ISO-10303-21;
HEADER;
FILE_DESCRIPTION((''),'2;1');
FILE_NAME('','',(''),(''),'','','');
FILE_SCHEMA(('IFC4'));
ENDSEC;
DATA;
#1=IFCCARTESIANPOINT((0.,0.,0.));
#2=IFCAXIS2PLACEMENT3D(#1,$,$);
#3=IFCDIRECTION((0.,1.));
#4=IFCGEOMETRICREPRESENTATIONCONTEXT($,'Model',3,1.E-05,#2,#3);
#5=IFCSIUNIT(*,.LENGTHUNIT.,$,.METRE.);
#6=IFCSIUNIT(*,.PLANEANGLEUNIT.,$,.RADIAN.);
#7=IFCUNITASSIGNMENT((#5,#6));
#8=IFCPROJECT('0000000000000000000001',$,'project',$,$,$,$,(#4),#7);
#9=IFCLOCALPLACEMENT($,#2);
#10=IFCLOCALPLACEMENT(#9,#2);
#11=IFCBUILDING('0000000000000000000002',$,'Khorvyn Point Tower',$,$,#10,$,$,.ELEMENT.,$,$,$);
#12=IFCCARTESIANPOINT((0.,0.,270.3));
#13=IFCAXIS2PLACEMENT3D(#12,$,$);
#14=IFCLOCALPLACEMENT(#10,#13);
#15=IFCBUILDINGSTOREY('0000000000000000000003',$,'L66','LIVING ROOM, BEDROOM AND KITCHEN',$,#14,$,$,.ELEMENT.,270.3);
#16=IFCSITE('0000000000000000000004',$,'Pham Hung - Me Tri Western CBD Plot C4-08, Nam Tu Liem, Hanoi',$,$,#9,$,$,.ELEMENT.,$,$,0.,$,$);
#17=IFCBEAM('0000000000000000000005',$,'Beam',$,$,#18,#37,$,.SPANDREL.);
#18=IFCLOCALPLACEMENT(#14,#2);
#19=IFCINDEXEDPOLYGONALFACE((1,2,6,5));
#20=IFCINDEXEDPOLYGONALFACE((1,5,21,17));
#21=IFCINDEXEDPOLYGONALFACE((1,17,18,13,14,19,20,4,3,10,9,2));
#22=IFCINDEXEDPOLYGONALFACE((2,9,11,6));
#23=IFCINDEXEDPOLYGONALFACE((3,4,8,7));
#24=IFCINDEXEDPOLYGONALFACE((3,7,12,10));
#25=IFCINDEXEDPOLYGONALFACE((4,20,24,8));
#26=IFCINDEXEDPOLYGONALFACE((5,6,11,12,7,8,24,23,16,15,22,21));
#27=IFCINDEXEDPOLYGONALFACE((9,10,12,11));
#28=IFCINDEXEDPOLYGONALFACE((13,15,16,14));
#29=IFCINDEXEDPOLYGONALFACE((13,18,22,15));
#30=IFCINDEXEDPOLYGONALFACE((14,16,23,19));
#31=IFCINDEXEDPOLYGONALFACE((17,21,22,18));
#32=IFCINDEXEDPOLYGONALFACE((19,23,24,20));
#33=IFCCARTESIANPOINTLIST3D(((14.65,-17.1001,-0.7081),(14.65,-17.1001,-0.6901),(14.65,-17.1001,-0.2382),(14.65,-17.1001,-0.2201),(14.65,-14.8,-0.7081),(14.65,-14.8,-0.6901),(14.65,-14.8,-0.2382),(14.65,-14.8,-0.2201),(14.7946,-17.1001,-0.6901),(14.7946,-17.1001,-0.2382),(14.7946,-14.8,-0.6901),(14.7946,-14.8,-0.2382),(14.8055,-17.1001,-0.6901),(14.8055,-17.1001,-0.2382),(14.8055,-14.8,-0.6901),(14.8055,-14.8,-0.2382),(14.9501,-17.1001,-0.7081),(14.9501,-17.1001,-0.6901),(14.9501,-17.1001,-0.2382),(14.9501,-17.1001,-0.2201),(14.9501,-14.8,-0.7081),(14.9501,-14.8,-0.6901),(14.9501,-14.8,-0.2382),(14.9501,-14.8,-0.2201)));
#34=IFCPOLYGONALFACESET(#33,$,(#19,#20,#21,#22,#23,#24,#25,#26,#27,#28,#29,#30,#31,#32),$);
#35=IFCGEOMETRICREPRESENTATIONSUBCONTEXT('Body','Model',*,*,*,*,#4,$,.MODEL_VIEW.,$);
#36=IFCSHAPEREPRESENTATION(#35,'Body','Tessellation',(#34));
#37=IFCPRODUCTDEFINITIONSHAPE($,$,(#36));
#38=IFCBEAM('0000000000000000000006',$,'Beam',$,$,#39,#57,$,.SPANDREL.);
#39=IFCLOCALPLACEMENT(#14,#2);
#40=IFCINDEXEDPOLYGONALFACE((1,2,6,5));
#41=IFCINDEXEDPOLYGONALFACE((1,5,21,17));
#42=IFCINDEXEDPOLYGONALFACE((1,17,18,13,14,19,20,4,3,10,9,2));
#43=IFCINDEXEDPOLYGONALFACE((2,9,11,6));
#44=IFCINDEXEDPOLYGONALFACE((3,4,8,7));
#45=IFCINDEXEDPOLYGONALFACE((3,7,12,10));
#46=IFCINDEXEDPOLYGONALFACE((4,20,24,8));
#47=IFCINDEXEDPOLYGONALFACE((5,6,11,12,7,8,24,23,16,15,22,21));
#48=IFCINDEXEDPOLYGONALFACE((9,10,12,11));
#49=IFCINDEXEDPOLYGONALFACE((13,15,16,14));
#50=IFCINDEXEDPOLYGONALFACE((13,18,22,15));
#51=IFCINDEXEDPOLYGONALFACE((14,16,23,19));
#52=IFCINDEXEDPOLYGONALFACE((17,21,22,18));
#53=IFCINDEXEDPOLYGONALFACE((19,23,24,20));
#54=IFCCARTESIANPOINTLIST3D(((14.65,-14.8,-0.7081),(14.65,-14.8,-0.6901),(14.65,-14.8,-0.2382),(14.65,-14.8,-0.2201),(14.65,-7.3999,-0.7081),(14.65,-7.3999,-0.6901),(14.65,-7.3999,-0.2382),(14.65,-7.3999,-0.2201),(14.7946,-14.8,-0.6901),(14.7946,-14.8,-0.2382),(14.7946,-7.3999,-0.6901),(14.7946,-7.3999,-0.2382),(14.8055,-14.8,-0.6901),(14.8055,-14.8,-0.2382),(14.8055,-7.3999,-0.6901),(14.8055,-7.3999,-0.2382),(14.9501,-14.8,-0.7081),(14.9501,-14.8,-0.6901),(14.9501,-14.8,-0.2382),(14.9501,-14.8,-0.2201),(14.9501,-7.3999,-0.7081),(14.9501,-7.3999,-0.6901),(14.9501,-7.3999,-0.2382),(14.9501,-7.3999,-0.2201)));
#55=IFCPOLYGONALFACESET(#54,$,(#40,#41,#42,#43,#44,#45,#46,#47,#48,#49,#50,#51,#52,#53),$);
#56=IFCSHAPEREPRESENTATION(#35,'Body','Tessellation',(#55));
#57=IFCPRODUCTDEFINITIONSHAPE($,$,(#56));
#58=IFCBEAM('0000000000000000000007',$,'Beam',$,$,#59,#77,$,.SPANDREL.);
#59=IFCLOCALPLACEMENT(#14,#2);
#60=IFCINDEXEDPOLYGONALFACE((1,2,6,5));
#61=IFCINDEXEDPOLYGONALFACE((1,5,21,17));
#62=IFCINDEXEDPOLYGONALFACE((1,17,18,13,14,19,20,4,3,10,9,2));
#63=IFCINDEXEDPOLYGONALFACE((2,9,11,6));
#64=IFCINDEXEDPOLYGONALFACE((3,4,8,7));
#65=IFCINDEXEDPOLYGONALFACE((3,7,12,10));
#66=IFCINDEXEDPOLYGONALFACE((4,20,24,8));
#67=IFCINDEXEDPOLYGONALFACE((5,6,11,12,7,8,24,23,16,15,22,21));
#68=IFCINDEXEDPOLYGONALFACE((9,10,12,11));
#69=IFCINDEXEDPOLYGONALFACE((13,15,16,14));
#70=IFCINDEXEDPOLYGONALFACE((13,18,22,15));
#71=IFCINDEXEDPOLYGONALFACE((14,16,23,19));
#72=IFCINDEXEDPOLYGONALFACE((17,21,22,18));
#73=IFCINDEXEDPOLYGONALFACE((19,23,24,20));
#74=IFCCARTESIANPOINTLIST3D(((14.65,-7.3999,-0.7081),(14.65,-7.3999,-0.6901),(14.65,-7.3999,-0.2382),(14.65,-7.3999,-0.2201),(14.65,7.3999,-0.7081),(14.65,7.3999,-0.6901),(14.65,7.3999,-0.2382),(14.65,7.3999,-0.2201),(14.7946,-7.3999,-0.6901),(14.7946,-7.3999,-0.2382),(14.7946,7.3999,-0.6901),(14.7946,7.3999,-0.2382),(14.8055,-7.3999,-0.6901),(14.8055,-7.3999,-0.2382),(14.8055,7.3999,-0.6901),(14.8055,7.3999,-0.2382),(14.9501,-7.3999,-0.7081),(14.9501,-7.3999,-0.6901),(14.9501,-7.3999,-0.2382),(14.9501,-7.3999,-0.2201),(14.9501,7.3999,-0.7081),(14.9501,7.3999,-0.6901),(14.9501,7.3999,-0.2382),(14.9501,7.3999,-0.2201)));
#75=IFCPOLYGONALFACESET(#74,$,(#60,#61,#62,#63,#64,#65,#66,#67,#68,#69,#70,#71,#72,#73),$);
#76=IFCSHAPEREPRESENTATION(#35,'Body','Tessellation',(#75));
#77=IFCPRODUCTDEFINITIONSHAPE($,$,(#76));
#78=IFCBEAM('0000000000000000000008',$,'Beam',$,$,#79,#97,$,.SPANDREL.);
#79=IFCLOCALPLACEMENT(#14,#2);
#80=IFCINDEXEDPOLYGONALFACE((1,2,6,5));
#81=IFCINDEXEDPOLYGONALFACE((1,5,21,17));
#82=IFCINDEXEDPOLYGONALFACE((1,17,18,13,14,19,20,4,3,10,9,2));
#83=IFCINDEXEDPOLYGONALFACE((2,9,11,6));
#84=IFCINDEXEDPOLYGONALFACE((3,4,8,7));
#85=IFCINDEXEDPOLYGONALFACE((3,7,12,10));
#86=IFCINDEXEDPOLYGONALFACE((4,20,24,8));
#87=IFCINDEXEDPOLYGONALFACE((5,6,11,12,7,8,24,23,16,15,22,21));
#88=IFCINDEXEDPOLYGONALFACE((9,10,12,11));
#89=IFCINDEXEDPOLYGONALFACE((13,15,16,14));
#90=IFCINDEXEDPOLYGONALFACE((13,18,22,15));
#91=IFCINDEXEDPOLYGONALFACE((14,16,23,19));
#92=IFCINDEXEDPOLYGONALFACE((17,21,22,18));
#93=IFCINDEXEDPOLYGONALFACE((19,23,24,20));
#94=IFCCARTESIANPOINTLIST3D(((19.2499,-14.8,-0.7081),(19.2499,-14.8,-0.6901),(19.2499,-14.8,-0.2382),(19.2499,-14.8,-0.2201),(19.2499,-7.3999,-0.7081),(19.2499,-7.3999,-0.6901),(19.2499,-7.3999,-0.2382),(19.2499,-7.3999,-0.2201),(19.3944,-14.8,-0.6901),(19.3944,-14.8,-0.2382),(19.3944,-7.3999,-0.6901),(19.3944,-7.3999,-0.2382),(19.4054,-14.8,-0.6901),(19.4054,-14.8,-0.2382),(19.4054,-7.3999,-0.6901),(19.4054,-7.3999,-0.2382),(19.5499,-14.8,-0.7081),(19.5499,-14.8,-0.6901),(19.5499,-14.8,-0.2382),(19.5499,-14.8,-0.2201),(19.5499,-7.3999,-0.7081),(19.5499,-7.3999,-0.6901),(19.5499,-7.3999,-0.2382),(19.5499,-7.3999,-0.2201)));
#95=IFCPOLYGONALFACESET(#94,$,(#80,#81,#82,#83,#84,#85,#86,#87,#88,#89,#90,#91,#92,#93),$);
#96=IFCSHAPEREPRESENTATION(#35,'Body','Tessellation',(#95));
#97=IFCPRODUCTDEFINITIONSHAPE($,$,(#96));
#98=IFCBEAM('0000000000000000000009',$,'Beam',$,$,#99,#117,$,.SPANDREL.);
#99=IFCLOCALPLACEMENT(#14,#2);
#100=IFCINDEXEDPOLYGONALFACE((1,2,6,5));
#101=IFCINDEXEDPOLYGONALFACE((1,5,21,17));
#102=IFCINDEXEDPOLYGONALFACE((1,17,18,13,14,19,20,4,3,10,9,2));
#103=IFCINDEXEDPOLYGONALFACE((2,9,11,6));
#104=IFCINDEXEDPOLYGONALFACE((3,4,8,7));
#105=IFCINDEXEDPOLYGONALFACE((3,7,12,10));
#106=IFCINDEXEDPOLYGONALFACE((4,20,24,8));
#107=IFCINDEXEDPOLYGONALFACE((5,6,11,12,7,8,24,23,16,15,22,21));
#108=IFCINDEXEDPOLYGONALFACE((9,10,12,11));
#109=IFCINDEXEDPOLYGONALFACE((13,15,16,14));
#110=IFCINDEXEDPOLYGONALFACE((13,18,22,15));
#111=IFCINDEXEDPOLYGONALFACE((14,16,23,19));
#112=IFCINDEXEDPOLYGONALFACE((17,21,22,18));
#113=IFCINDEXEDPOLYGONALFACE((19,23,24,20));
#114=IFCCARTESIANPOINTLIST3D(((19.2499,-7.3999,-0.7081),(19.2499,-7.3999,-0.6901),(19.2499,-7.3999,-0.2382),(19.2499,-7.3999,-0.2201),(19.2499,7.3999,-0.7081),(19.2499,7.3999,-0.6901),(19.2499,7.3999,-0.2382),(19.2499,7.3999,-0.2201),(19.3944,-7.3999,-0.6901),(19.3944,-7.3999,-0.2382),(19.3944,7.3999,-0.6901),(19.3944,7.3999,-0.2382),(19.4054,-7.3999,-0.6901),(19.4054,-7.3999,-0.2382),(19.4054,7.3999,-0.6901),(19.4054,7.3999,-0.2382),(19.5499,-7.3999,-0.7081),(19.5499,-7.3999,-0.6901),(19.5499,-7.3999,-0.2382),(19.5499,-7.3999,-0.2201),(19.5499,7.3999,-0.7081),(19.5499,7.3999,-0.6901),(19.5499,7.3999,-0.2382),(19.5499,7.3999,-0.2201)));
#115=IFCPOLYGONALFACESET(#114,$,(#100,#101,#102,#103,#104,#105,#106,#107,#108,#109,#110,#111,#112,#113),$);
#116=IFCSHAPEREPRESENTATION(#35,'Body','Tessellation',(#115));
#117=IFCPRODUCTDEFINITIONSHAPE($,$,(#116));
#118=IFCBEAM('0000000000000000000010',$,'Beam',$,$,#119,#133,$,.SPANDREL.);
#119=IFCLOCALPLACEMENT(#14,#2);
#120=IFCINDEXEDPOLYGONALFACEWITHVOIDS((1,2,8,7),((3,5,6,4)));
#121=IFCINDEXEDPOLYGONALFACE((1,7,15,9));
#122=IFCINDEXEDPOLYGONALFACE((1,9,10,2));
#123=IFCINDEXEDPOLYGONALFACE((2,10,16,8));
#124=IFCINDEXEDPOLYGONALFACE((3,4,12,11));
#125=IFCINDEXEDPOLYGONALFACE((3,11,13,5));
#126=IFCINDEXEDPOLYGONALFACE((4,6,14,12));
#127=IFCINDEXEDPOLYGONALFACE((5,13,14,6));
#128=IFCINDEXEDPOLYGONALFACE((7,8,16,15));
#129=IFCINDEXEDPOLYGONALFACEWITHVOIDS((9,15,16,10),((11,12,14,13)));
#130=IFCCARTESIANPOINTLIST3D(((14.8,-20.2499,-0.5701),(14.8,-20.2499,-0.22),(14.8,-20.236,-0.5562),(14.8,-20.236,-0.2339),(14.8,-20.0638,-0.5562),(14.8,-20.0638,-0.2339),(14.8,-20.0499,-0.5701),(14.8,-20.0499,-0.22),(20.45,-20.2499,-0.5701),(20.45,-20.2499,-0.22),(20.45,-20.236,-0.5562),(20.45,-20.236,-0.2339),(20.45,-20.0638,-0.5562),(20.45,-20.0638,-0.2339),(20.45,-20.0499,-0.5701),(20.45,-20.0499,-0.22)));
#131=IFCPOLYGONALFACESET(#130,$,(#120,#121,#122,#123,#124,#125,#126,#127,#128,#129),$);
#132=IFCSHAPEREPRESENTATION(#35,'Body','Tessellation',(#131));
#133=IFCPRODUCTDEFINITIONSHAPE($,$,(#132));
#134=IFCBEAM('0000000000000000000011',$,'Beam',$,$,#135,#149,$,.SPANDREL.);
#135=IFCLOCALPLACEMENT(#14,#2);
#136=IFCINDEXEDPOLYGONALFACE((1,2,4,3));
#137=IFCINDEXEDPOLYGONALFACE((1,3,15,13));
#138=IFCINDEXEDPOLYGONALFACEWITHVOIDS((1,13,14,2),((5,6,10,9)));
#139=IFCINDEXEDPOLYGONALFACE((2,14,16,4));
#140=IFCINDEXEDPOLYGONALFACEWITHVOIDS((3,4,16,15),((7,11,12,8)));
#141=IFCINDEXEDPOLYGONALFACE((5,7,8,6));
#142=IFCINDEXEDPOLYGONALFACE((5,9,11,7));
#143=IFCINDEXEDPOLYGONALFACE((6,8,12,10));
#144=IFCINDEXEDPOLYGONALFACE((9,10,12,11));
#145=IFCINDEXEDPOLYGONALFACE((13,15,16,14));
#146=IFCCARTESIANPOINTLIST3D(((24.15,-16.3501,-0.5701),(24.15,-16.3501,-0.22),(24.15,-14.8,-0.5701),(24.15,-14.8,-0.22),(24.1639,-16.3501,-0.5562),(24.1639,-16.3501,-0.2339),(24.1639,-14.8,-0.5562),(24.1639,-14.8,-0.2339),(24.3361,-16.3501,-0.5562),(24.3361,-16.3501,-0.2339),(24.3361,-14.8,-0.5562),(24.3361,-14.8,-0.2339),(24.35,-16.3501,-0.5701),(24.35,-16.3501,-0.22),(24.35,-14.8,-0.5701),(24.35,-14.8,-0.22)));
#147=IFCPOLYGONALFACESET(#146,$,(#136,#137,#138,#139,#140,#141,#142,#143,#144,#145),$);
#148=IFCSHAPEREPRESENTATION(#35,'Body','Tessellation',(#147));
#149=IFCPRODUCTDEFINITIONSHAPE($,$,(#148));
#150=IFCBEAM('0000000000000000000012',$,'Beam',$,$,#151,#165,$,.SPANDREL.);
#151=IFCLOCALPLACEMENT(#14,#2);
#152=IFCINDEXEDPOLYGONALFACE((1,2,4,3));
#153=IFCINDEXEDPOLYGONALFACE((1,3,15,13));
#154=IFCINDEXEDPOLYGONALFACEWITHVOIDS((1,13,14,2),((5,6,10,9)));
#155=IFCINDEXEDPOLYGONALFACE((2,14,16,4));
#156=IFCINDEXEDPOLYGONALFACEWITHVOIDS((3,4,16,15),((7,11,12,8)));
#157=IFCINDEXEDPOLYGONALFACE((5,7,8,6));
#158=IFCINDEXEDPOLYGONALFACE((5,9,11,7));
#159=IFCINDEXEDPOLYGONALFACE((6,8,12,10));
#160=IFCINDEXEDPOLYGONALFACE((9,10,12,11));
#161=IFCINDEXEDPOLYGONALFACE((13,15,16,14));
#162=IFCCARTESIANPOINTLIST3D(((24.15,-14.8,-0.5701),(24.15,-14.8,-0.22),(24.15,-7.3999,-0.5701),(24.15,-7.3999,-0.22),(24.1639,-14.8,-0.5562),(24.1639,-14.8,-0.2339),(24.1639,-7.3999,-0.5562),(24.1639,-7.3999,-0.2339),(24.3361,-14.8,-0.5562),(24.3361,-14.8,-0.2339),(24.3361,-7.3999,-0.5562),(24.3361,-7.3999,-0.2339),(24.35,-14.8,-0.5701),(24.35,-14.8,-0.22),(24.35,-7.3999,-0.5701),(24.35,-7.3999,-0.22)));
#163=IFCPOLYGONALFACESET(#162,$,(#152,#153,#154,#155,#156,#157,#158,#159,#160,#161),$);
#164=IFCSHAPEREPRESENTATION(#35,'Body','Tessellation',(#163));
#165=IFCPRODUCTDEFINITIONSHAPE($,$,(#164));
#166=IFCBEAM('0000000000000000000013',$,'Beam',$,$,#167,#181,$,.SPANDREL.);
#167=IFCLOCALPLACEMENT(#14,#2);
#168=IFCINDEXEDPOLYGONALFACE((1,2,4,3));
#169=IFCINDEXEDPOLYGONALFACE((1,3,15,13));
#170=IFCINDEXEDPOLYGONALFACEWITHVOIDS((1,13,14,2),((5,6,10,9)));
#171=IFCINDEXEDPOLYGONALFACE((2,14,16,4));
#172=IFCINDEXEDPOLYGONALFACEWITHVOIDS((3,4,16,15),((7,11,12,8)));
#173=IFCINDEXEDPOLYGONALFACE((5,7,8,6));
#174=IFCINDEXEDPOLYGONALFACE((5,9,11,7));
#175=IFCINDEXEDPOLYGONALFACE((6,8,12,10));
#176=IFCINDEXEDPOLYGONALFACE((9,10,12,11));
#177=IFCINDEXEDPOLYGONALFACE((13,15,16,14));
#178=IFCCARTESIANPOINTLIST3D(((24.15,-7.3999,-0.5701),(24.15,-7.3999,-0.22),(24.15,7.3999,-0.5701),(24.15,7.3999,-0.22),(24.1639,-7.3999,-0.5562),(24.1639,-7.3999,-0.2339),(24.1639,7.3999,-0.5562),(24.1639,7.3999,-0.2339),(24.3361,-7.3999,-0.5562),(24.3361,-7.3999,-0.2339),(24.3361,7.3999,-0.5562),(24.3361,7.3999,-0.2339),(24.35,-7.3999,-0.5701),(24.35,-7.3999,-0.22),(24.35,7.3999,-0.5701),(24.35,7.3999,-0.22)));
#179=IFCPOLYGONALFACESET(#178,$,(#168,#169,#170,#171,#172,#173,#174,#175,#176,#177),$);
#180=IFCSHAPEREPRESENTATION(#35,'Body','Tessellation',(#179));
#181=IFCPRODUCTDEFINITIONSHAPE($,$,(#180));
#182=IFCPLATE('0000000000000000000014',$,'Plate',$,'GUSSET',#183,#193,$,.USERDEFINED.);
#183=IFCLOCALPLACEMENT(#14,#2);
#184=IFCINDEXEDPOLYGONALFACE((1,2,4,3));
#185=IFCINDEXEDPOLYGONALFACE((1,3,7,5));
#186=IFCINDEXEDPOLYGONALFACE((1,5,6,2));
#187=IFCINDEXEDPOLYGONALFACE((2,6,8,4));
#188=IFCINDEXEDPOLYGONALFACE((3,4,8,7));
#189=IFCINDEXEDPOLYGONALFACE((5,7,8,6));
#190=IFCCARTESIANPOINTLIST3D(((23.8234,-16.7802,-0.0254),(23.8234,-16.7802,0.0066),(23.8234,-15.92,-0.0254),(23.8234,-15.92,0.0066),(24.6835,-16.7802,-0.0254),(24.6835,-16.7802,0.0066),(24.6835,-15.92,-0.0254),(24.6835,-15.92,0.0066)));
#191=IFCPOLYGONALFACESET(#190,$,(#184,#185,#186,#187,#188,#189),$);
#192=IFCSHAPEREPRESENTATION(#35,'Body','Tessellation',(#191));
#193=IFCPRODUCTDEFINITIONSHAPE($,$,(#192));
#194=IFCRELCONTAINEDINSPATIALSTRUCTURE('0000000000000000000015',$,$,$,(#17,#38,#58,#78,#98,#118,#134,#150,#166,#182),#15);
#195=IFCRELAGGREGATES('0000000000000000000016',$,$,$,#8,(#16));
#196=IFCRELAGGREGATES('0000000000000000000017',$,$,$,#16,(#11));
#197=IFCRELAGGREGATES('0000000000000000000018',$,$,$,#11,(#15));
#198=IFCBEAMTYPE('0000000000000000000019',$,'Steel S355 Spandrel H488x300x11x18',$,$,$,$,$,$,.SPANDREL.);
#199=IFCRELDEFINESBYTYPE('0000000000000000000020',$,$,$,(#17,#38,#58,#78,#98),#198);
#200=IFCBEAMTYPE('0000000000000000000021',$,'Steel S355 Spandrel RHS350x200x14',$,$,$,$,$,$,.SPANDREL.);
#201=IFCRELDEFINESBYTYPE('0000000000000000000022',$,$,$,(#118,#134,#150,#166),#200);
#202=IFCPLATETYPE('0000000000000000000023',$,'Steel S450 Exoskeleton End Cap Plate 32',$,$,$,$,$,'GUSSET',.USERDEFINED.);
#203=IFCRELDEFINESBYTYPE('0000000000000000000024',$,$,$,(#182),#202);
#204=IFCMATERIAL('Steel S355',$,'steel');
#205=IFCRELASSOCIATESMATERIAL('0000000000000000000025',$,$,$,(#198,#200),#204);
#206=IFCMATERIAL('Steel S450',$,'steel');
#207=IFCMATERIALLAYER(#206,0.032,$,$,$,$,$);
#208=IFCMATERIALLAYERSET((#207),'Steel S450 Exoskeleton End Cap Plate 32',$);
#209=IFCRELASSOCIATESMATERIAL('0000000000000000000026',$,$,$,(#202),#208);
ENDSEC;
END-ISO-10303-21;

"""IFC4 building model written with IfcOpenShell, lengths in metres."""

from ifc_helpers import new_model, si_unit, direction, frame, origin, origin_2d, place, context, subcontext, project, spatial, rectangle, hollow_rectangle, i_section, extrude, material, layer, layer_set, material_profile, profile_set, type_object, element, save


model = new_model("IFC4")

# Units and contexts
model_context = context("Model", 3, precision=1e-05, world=origin(), true_north=direction((0.0, 1.0)))
body_context = subcontext(model_context, "Body", "Model", "MODEL_VIEW")
ifc_project = project(units=[si_unit("LENGTHUNIT", "METRE"), si_unit("PLANEANGLEUNIT", "RADIAN")], contexts=[model_context])

# Site, building, storey
site_placement = place(None, origin())
site = spatial("IfcSite", under=ifc_project, at=site_placement, Name="Pham Hung - Me Tri Western CBD Plot C4-08, Nam Tu Liem, Hanoi", CompositionType="ELEMENT", RefElevation=0.0)
building_placement = place(site_placement, origin())
building = spatial("IfcBuilding", under=site, at=building_placement, Name="Khorvyn Point Tower", CompositionType="ELEMENT")
storey_placement = place(building_placement, frame((0.0, 0.0, 270.3)))
storey = spatial("IfcBuildingStorey", under=building, at=storey_placement, Name="L66", Description="LIVING ROOM, BEDROOM AND KITCHEN", CompositionType="ELEMENT", Elevation=270.3)

# Shared definitions
ifc_material_1 = material(Name="Steel S450", Category="steel")

# Beams
ifc_material_2 = material(Name="Steel S355", Category="steel")
ifc_material_profile_1 = material_profile(ifc_material_2, i_section(OverallWidth=0.3, OverallDepth=0.488, WebThickness=0.011, FlangeThickness=0.0181, at=origin_2d()))
ifc_profile_set_1 = profile_set([ifc_material_profile_1], Name="Steel S355 H488x300x11x18")
beam_type_1 = type_object("IfcBeamType", Name="Steel S355 Spandrel H488x300x11x18", PredefinedType="SPANDREL", material=ifc_profile_set_1)
beam_1_placement = place(storey_placement, frame((14.8, -17.1001, -0.4641), z_axis=(0.0, 1.0, 0.0), x_axis=(-1.0, 0.0, 0.0)))
element("IfcBeam", 1, at=beam_1_placement, inside=storey, type_object=beam_type_1, Name="Beam", PredefinedType="SPANDREL", context=body_context, shape_type="SweptSolid", body=[
    extrude(i_section(OverallWidth=0.3, OverallDepth=0.488, WebThickness=0.011, FlangeThickness=0.0181, at=origin_2d()), origin(), (0.0, 0.0, 1.0), 2.3),
])
beam_2_placement = place(storey_placement, frame((14.8, -14.8, -0.4641), z_axis=(0.0, 1.0, 0.0), x_axis=(-1.0, 0.0, 0.0)))
element("IfcBeam", 2, at=beam_2_placement, inside=storey, type_object=beam_type_1, Name="Beam", PredefinedType="SPANDREL", context=body_context, shape_type="SweptSolid", body=[
    extrude(i_section(OverallWidth=0.3, OverallDepth=0.488, WebThickness=0.011, FlangeThickness=0.0181, at=origin_2d()), origin(), (0.0, 0.0, 1.0), 7.4001),
])
beam_3_placement = place(storey_placement, frame((14.8, -7.3999, -0.4641), z_axis=(0.0, 1.0, 0.0), x_axis=(-1.0, 0.0, 0.0)))
element("IfcBeam", 3, at=beam_3_placement, inside=storey, type_object=beam_type_1, Name="Beam", PredefinedType="SPANDREL", context=body_context, shape_type="SweptSolid", body=[
    extrude(i_section(OverallWidth=0.3, OverallDepth=0.488, WebThickness=0.011, FlangeThickness=0.0181, at=origin_2d()), origin(), (0.0, 0.0, 1.0), 14.7998),
])
beam_4_placement = place(storey_placement, frame((19.3999, -14.8, -0.4641), z_axis=(0.0, 1.0, 0.0), x_axis=(-1.0, 0.0, 0.0)))
element("IfcBeam", 4, at=beam_4_placement, inside=storey, type_object=beam_type_1, Name="Beam", PredefinedType="SPANDREL", context=body_context, shape_type="SweptSolid", body=[
    extrude(i_section(OverallWidth=0.3, OverallDepth=0.488, WebThickness=0.011, FlangeThickness=0.0181, at=origin_2d()), origin(), (0.0, 0.0, 1.0), 7.4001),
])
beam_5_placement = place(storey_placement, frame((19.3999, -7.3999, -0.4641), z_axis=(0.0, 1.0, 0.0), x_axis=(-1.0, 0.0, 0.0)))
element("IfcBeam", 5, at=beam_5_placement, inside=storey, type_object=beam_type_1, Name="Beam", PredefinedType="SPANDREL", context=body_context, shape_type="SweptSolid", body=[
    extrude(i_section(OverallWidth=0.3, OverallDepth=0.488, WebThickness=0.011, FlangeThickness=0.0181, at=origin_2d()), origin(), (0.0, 0.0, 1.0), 14.7998),
])
ifc_material_profile_2 = material_profile(ifc_material_2, hollow_rectangle(XDim=0.2, YDim=0.3501, WallThickness=0.0139, at=origin_2d()))
ifc_profile_set_2 = profile_set([ifc_material_profile_2], Name="Steel S355 RHS350x200x14")
beam_type_2 = type_object("IfcBeamType", Name="Steel S355 Spandrel RHS350x200x14", PredefinedType="SPANDREL", material=ifc_profile_set_2)
beam_6_placement = place(storey_placement, frame((14.8, -20.1499, -0.395), z_axis=(1.0, 0.0, 0.0), x_axis=(0.0, 1.0, 0.0)))
element("IfcBeam", 6, at=beam_6_placement, inside=storey, type_object=beam_type_2, Name="Beam", PredefinedType="SPANDREL", context=body_context, shape_type="SweptSolid", body=[
    extrude(hollow_rectangle(XDim=0.2, YDim=0.3501, WallThickness=0.0139, at=origin_2d()), origin(), (0.0, 0.0, 1.0), 5.6499),
])
beam_7_placement = place(storey_placement, frame((24.25, -16.3501, -0.395), z_axis=(0.0, 1.0, 0.0), x_axis=(-1.0, 0.0, 0.0)))
element("IfcBeam", 7, at=beam_7_placement, inside=storey, type_object=beam_type_2, Name="Beam", PredefinedType="SPANDREL", context=body_context, shape_type="SweptSolid", body=[
    extrude(hollow_rectangle(XDim=0.2, YDim=0.3501, WallThickness=0.0139, at=origin_2d()), origin(), (0.0, 0.0, 1.0), 1.55),
])
beam_8_placement = place(storey_placement, frame((24.25, -14.8, -0.395), z_axis=(0.0, 1.0, 0.0), x_axis=(-1.0, 0.0, 0.0)))
element("IfcBeam", 8, at=beam_8_placement, inside=storey, type_object=beam_type_2, Name="Beam", PredefinedType="SPANDREL", context=body_context, shape_type="SweptSolid", body=[
    extrude(hollow_rectangle(XDim=0.2, YDim=0.3501, WallThickness=0.0139, at=origin_2d()), origin(), (0.0, 0.0, 1.0), 7.4001),
])
beam_9_placement = place(storey_placement, frame((24.25, -7.3999, -0.395), z_axis=(0.0, 1.0, 0.0), x_axis=(-1.0, 0.0, 0.0)))
element("IfcBeam", 9, at=beam_9_placement, inside=storey, type_object=beam_type_2, Name="Beam", PredefinedType="SPANDREL", context=body_context, shape_type="SweptSolid", body=[
    extrude(hollow_rectangle(XDim=0.2, YDim=0.3501, WallThickness=0.0139, at=origin_2d()), origin(), (0.0, 0.0, 1.0), 14.7998),
])

# Plate
ifc_layer_1 = layer(ifc_material_1, 0.032)
ifc_layer_set_1 = layer_set([ifc_layer_1], Name="Steel S450 Exoskeleton End Cap Plate 32")
plate_type = type_object("IfcPlateType", Name="Steel S450 Exoskeleton End Cap Plate 32", ElementType="GUSSET", PredefinedType="USERDEFINED", material=ifc_layer_set_1)
plate_placement = place(storey_placement, frame((24.2534, -16.3501, -0.0254), z_axis=(0.0, 0.0, 1.0), x_axis=(1.0, 0.0, 0.0)))
element("IfcPlate", 10, at=plate_placement, inside=storey, type_object=plate_type, Name="Plate", ObjectType="GUSSET", PredefinedType="USERDEFINED", context=body_context, shape_type="SweptSolid", body=[
    extrude(rectangle(XDim=0.8601, YDim=0.8601, at=origin_2d()), origin(), (0.0, 0.0, 1.0), 0.032),
])

save(model, "model.ifc")
